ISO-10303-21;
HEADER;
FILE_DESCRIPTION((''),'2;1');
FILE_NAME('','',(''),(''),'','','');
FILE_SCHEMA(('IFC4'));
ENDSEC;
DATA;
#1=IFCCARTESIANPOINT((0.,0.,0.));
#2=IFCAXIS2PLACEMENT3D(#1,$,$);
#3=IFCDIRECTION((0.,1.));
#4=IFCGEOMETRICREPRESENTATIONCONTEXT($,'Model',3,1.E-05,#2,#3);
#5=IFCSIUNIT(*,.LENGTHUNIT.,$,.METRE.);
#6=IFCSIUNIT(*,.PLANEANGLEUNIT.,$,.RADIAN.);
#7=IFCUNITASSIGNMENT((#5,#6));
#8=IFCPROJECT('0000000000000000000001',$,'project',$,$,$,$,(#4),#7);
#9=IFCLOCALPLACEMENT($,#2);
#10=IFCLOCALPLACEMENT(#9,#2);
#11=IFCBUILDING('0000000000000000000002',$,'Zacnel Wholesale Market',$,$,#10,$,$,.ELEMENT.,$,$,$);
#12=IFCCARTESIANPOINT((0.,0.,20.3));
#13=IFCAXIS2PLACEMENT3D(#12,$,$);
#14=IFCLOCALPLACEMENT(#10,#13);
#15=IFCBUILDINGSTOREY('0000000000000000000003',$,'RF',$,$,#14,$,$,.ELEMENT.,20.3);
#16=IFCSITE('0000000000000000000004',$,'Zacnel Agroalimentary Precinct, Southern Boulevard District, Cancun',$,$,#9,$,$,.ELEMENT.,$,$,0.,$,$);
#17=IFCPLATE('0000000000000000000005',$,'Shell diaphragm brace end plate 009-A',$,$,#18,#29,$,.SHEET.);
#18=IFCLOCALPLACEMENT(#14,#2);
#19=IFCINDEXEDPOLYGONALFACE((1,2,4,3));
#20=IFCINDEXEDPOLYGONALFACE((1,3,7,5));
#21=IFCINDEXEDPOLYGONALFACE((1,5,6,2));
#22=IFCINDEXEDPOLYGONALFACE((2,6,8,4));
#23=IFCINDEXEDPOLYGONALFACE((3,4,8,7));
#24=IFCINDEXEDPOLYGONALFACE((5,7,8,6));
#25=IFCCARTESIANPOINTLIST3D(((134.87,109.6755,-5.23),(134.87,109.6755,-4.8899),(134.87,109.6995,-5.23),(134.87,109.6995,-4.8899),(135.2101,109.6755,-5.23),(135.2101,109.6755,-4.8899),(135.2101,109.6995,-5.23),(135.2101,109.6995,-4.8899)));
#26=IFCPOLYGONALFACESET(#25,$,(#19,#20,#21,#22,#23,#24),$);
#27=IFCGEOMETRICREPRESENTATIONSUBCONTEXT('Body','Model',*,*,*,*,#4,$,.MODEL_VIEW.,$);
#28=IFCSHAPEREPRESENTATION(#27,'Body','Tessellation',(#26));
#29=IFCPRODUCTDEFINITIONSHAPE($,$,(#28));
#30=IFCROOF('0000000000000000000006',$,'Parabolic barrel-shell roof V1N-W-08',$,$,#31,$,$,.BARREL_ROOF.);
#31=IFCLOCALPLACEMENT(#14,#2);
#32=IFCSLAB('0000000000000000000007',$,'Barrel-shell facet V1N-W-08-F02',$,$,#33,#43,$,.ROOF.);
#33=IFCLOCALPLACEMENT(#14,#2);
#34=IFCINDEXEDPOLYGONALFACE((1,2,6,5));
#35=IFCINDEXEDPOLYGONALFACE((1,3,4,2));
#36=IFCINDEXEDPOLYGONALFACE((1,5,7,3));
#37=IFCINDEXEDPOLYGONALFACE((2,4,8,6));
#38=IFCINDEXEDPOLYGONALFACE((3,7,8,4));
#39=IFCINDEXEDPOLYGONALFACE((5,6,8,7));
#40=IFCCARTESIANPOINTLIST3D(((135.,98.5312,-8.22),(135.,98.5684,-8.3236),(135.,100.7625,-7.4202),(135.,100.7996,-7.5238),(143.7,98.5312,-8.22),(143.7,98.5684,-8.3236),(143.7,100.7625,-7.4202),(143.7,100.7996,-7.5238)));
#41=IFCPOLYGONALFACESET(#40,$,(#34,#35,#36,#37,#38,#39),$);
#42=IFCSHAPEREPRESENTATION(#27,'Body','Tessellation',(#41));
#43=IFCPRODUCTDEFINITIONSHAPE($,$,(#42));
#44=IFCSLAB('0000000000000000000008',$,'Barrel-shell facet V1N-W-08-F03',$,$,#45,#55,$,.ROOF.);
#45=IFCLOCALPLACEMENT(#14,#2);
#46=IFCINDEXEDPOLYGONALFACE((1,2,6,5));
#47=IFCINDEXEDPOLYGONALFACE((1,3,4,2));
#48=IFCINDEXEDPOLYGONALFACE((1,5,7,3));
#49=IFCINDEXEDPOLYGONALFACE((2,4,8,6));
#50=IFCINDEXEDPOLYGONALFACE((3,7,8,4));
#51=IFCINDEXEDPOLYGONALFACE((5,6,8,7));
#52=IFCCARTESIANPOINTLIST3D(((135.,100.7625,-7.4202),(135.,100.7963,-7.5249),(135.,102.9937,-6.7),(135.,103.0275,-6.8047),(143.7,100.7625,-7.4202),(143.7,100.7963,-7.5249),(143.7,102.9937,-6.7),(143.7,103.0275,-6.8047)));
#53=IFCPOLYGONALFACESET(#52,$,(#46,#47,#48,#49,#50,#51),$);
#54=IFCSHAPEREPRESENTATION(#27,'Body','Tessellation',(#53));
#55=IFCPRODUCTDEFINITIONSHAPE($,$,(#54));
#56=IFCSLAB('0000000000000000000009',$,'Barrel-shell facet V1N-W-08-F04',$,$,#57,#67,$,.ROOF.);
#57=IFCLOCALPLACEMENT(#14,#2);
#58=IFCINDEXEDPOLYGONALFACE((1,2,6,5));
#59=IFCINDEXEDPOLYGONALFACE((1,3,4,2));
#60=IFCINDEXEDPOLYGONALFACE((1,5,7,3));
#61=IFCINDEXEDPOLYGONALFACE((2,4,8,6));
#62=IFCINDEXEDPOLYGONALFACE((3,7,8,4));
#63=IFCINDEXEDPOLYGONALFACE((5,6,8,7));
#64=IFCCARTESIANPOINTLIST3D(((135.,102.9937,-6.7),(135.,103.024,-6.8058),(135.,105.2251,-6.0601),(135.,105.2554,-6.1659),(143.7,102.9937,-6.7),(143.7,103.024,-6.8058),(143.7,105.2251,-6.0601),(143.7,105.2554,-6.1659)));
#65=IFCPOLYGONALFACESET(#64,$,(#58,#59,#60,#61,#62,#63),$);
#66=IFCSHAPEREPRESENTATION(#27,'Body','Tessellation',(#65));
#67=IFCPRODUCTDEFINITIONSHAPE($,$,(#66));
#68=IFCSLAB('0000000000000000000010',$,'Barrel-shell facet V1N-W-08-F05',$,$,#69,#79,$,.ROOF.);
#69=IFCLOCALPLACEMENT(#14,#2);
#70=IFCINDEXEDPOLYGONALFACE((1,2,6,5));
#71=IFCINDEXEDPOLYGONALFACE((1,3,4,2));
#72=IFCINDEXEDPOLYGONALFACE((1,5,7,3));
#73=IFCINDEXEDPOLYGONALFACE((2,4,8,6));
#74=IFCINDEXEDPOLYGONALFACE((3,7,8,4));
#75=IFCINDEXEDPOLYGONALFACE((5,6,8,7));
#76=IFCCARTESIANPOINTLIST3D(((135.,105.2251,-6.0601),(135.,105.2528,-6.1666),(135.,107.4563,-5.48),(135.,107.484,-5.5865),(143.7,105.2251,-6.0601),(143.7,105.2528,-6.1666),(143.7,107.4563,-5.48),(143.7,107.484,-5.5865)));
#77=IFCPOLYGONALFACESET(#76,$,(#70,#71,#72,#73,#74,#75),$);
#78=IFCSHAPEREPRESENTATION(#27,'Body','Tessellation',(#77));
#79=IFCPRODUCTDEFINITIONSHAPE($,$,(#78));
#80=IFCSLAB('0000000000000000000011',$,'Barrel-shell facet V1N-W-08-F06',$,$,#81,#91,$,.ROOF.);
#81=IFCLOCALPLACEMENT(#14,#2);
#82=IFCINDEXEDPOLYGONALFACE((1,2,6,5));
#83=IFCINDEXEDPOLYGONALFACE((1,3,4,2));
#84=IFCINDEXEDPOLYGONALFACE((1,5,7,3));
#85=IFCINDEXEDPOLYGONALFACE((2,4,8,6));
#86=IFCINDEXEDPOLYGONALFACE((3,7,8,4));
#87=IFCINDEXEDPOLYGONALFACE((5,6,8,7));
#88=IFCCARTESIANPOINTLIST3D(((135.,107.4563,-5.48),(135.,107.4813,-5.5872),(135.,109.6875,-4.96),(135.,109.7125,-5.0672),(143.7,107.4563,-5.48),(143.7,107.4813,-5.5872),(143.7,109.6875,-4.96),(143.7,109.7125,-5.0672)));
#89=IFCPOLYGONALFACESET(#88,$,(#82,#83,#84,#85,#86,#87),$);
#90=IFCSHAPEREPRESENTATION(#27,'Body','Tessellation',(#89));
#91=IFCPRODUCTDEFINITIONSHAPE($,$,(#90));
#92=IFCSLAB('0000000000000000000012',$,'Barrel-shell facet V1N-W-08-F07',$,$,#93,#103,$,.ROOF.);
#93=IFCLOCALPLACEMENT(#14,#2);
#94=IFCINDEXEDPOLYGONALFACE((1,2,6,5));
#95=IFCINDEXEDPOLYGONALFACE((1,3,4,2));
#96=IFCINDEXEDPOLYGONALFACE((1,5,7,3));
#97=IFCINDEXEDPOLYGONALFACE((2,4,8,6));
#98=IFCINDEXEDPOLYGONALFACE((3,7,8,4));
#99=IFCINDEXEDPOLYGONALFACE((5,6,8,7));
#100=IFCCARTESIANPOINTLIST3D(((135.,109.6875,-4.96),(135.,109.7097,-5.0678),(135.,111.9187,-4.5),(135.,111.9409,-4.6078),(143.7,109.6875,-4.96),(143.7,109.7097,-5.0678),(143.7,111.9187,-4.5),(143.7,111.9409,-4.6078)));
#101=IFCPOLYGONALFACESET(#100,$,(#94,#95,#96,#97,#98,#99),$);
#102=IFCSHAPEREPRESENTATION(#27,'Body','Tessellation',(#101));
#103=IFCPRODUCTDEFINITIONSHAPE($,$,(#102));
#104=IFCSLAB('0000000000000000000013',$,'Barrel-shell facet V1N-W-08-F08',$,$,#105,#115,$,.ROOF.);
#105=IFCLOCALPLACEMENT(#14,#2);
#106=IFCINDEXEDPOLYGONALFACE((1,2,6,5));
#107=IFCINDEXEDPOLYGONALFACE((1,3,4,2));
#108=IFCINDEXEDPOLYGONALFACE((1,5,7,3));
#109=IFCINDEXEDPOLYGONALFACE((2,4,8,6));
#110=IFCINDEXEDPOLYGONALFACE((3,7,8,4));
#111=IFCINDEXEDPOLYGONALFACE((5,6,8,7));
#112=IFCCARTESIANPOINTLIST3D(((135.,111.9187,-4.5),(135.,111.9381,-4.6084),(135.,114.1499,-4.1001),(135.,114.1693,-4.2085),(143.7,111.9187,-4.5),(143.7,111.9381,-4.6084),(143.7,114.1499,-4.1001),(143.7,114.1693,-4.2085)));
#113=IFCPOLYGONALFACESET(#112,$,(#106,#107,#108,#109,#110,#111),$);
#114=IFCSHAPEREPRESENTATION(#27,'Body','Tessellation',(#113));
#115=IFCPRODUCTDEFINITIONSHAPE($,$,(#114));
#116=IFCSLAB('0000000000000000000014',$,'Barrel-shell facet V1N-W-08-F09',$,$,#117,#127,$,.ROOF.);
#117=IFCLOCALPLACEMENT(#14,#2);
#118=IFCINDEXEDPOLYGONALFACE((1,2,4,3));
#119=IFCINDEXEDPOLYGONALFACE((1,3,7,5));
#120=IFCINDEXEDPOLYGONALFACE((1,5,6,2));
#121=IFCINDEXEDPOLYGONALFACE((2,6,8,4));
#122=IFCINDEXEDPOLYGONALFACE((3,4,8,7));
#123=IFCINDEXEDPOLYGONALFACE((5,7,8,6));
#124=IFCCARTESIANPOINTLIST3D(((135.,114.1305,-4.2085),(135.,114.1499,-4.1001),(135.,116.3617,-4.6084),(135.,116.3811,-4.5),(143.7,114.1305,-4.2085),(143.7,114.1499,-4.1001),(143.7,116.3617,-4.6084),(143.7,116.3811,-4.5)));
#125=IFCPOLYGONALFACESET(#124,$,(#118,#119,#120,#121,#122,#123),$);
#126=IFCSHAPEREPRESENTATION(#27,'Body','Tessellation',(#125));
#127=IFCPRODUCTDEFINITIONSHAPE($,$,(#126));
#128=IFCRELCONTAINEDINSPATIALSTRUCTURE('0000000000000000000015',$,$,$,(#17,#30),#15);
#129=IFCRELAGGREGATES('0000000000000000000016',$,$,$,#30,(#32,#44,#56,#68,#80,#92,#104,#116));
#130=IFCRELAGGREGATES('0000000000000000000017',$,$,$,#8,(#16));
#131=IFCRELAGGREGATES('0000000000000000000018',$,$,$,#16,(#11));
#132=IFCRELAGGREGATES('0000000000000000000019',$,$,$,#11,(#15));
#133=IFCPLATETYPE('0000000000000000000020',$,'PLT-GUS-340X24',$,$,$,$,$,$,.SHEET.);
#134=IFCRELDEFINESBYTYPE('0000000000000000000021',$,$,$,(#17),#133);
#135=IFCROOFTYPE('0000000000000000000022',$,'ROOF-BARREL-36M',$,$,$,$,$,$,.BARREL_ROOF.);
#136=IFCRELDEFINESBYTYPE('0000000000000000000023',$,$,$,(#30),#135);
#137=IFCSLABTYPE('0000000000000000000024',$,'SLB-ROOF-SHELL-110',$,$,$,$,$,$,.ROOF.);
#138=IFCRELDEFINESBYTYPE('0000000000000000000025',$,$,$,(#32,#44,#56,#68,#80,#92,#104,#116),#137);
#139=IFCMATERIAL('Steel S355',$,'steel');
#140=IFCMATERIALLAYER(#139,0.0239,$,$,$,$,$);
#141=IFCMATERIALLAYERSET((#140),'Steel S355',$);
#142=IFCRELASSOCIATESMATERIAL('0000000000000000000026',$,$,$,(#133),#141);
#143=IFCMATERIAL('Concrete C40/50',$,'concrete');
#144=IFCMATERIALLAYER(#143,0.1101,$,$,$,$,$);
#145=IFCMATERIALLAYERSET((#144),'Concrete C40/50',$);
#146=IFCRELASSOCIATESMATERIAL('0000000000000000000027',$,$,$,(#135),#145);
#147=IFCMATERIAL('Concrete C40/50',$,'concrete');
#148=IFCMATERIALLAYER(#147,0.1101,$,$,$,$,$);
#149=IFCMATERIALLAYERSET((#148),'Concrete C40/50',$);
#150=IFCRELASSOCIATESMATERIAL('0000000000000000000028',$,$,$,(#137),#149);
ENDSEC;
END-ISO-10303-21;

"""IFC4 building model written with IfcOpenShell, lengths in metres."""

from ifc_helpers import new_model, si_unit, direction, frame, origin, origin_2d, place, context, subcontext, project, spatial, polyline, rectangle, outline, extrude, material, layer, layer_set, type_object, element, aggregate, save


model = new_model("IFC4")

# Units and contexts
model_context = context("Model", 3, precision=1e-05, world=origin(), true_north=direction((0.0, 1.0)))
body_context = subcontext(model_context, "Body", "Model", "MODEL_VIEW")
ifc_project = project(units=[si_unit("LENGTHUNIT", "METRE"), si_unit("PLANEANGLEUNIT", "RADIAN")], contexts=[model_context])

# Site, building, storey
site_placement = place(None, origin())
site = spatial("IfcSite", under=ifc_project, at=site_placement, Name="Zacnel Agroalimentary Precinct, Southern Boulevard District, Cancun", CompositionType="ELEMENT", RefElevation=0.0)
building_placement = place(site_placement, origin())
building = spatial("IfcBuilding", under=site, at=building_placement, Name="Zacnel Wholesale Market", CompositionType="ELEMENT")
storey_placement = place(building_placement, frame((0.0, 0.0, 20.3)))
storey = spatial("IfcBuildingStorey", under=building, at=storey_placement, Name="RF", CompositionType="ELEMENT", Elevation=20.3)

# Plate
ifc_material_1 = material(Name="Steel S355", Category="steel")
ifc_layer_1 = layer(ifc_material_1, 0.0239)
ifc_layer_set_1 = layer_set([ifc_layer_1], Name="Steel S355")
plate_type_1 = type_object("IfcPlateType", Name="PLT-GUS-340X24", PredefinedType="SHEET", material=ifc_layer_set_1)
plate_1_placement = place(storey_placement, frame((135.04, 109.6875, -5.23), z_axis=(0.0, 0.0, 1.0), x_axis=(1.0, 0.0, 0.0)))
element("IfcPlate", 1, at=plate_1_placement, inside=storey, type_object=plate_type_1, Name="Shell diaphragm brace end plate 009-A", PredefinedType="SHEET", context=body_context, shape_type="SweptSolid", body=[
    extrude(rectangle(XDim=0.3401, YDim=0.0239, at=origin_2d()), origin(), (0.0, 0.0, 1.0), 0.3401),
])

# Roof, slabs
ifc_material_2 = material(Name="Concrete C40/50", Category="concrete")
ifc_layer_2 = layer(ifc_material_2, 0.1101)
ifc_layer_set_2 = layer_set([ifc_layer_2], Name="Concrete C40/50")
roof_type = type_object("IfcRoofType", Name="ROOF-BARREL-36M", PredefinedType="BARREL_ROOF", material=ifc_layer_set_2)
roof_placement = place(storey_placement, origin())
roof = element("IfcRoof", 2, at=roof_placement, inside=storey, type_object=roof_type, Name="Parabolic barrel-shell roof V1N-W-08", PredefinedType="BARREL_ROOF")
ifc_material_3 = material(Name="Concrete C40/50", Category="concrete")
ifc_layer_3 = layer(ifc_material_3, 0.1101)
ifc_layer_set_3 = layer_set([ifc_layer_3], Name="Concrete C40/50")
slab_type = type_object("IfcSlabType", Name="SLB-ROOF-SHELL-110", PredefinedType="ROOF", material=ifc_layer_set_3)
slab_1_placement = place(storey_placement, frame((135.0, 98.5312, -8.22), z_axis=(0.0, -0.337439, 0.941347), x_axis=(1.0, 0.0, 0.0)))
slab_1 = element("IfcSlab", 3, at=slab_1_placement, type_object=slab_type, Name="Barrel-shell facet V1N-W-08-F02", PredefinedType="ROOF", context=body_context, shape_type="SweptSolid", body=[
    extrude(outline(polyline([(0.0, 0.0), (8.7, 0.0), (8.7, 2.3702), (0.0, 2.3702), (0.0, 0.0)])), origin(), (0.0, 0.0, -1.0), 0.1101),
])
slab_2_placement = place(storey_placement, frame((135.0, 100.7625, -7.4202), z_axis=(0.0, -0.307185, 0.95165), x_axis=(1.0, 0.0, 0.0)))
slab_2 = element("IfcSlab", 4, at=slab_2_placement, type_object=slab_type, Name="Barrel-shell facet V1N-W-08-F03", PredefinedType="ROOF", context=body_context, shape_type="SweptSolid", body=[
    extrude(outline(polyline([(0.0, 0.0), (8.7, 0.0), (8.7, 2.3446), (0.0, 2.3446), (0.0, 0.0)])), origin(), (0.0, 0.0, -1.0), 0.1101),
])
slab_3_placement = place(storey_placement, frame((135.0, 102.9937, -6.7), z_axis=(0.0, -0.275652, 0.961258), x_axis=(1.0, 0.0, 0.0)))
slab_3 = element("IfcSlab", 5, at=slab_3_placement, type_object=slab_type, Name="Barrel-shell facet V1N-W-08-F04", PredefinedType="ROOF", context=body_context, shape_type="SweptSolid", body=[
    extrude(outline(polyline([(0.0, 0.0), (8.7, 0.0), (8.7, 2.3214), (0.0, 2.3214), (0.0, 0.0)])), origin(), (0.0, 0.0, -1.0), 0.1101),
])
slab_4_placement = place(storey_placement, frame((135.0, 105.2251, -6.0601), z_axis=(0.0, -0.25162, 0.967826), x_axis=(1.0, 0.0, 0.0)))
slab_4 = element("IfcSlab", 6, at=slab_4_placement, type_object=slab_type, Name="Barrel-shell facet V1N-W-08-F05", PredefinedType="ROOF", context=body_context, shape_type="SweptSolid", body=[
    extrude(outline(polyline([(0.0, 0.0), (8.7, 0.0), (8.7, 2.3054), (0.0, 2.3054), (0.0, 0.0)])), origin(), (0.0, 0.0, -1.0), 0.1101),
])
slab_5_placement = place(storey_placement, frame((135.0, 107.4563, -5.48), z_axis=(0.0, -0.226984, 0.973899), x_axis=(1.0, 0.0, 0.0)))
slab_5 = element("IfcSlab", 7, at=slab_5_placement, type_object=slab_type, Name="Barrel-shell facet V1N-W-08-F06", PredefinedType="ROOF", context=body_context, shape_type="SweptSolid", body=[
    extrude(outline(polyline([(0.0, 0.0), (8.7, 0.0), (8.7, 2.291), (0.0, 2.291), (0.0, 0.0)])), origin(), (0.0, 0.0, -1.0), 0.1101),
])
slab_6_placement = place(storey_placement, frame((135.0, 109.6875, -4.96), z_axis=(0.0, -0.201904, 0.979405), x_axis=(1.0, 0.0, 0.0)))
slab_6 = element("IfcSlab", 8, at=slab_6_placement, type_object=slab_type, Name="Barrel-shell facet V1N-W-08-F07", PredefinedType="ROOF", context=body_context, shape_type="SweptSolid", body=[
    extrude(outline(polyline([(0.0, 0.0), (8.7, 0.0), (8.7, 2.2781), (0.0, 2.2781), (0.0, 0.0)])), origin(), (0.0, 0.0, -1.0), 0.1101),
])
slab_7_placement = place(storey_placement, frame((135.0, 111.9187, -4.5), z_axis=(0.0, -0.176421, 0.984315), x_axis=(1.0, 0.0, 0.0)))
slab_7 = element("IfcSlab", 9, at=slab_7_placement, type_object=slab_type, Name="Barrel-shell facet V1N-W-08-F08", PredefinedType="ROOF", context=body_context, shape_type="SweptSolid", body=[
    extrude(outline(polyline([(0.0, 0.0), (8.7, 0.0), (8.7, 2.2668), (0.0, 2.2668), (0.0, 0.0)])), origin(), (0.0, 0.0, -1.0), 0.1101),
])
slab_8_placement = place(storey_placement, frame((135.0, 114.1499, -4.1001), z_axis=(0.0, 0.176421, 0.984315), x_axis=(1.0, 0.0, 0.0)))
slab_8 = element("IfcSlab", 10, at=slab_8_placement, type_object=slab_type, Name="Barrel-shell facet V1N-W-08-F09", PredefinedType="ROOF", context=body_context, shape_type="SweptSolid", body=[
    extrude(outline(polyline([(0.0, 0.0), (8.7, 0.0), (8.7, 2.2668), (0.0, 2.2668), (0.0, 0.0)])), origin(), (0.0, 0.0, -1.0), 0.1101),
])
aggregate(roof, [slab_1, slab_2, slab_3, slab_4, slab_5, slab_6, slab_7, slab_8])

save(model, "model.ifc")
